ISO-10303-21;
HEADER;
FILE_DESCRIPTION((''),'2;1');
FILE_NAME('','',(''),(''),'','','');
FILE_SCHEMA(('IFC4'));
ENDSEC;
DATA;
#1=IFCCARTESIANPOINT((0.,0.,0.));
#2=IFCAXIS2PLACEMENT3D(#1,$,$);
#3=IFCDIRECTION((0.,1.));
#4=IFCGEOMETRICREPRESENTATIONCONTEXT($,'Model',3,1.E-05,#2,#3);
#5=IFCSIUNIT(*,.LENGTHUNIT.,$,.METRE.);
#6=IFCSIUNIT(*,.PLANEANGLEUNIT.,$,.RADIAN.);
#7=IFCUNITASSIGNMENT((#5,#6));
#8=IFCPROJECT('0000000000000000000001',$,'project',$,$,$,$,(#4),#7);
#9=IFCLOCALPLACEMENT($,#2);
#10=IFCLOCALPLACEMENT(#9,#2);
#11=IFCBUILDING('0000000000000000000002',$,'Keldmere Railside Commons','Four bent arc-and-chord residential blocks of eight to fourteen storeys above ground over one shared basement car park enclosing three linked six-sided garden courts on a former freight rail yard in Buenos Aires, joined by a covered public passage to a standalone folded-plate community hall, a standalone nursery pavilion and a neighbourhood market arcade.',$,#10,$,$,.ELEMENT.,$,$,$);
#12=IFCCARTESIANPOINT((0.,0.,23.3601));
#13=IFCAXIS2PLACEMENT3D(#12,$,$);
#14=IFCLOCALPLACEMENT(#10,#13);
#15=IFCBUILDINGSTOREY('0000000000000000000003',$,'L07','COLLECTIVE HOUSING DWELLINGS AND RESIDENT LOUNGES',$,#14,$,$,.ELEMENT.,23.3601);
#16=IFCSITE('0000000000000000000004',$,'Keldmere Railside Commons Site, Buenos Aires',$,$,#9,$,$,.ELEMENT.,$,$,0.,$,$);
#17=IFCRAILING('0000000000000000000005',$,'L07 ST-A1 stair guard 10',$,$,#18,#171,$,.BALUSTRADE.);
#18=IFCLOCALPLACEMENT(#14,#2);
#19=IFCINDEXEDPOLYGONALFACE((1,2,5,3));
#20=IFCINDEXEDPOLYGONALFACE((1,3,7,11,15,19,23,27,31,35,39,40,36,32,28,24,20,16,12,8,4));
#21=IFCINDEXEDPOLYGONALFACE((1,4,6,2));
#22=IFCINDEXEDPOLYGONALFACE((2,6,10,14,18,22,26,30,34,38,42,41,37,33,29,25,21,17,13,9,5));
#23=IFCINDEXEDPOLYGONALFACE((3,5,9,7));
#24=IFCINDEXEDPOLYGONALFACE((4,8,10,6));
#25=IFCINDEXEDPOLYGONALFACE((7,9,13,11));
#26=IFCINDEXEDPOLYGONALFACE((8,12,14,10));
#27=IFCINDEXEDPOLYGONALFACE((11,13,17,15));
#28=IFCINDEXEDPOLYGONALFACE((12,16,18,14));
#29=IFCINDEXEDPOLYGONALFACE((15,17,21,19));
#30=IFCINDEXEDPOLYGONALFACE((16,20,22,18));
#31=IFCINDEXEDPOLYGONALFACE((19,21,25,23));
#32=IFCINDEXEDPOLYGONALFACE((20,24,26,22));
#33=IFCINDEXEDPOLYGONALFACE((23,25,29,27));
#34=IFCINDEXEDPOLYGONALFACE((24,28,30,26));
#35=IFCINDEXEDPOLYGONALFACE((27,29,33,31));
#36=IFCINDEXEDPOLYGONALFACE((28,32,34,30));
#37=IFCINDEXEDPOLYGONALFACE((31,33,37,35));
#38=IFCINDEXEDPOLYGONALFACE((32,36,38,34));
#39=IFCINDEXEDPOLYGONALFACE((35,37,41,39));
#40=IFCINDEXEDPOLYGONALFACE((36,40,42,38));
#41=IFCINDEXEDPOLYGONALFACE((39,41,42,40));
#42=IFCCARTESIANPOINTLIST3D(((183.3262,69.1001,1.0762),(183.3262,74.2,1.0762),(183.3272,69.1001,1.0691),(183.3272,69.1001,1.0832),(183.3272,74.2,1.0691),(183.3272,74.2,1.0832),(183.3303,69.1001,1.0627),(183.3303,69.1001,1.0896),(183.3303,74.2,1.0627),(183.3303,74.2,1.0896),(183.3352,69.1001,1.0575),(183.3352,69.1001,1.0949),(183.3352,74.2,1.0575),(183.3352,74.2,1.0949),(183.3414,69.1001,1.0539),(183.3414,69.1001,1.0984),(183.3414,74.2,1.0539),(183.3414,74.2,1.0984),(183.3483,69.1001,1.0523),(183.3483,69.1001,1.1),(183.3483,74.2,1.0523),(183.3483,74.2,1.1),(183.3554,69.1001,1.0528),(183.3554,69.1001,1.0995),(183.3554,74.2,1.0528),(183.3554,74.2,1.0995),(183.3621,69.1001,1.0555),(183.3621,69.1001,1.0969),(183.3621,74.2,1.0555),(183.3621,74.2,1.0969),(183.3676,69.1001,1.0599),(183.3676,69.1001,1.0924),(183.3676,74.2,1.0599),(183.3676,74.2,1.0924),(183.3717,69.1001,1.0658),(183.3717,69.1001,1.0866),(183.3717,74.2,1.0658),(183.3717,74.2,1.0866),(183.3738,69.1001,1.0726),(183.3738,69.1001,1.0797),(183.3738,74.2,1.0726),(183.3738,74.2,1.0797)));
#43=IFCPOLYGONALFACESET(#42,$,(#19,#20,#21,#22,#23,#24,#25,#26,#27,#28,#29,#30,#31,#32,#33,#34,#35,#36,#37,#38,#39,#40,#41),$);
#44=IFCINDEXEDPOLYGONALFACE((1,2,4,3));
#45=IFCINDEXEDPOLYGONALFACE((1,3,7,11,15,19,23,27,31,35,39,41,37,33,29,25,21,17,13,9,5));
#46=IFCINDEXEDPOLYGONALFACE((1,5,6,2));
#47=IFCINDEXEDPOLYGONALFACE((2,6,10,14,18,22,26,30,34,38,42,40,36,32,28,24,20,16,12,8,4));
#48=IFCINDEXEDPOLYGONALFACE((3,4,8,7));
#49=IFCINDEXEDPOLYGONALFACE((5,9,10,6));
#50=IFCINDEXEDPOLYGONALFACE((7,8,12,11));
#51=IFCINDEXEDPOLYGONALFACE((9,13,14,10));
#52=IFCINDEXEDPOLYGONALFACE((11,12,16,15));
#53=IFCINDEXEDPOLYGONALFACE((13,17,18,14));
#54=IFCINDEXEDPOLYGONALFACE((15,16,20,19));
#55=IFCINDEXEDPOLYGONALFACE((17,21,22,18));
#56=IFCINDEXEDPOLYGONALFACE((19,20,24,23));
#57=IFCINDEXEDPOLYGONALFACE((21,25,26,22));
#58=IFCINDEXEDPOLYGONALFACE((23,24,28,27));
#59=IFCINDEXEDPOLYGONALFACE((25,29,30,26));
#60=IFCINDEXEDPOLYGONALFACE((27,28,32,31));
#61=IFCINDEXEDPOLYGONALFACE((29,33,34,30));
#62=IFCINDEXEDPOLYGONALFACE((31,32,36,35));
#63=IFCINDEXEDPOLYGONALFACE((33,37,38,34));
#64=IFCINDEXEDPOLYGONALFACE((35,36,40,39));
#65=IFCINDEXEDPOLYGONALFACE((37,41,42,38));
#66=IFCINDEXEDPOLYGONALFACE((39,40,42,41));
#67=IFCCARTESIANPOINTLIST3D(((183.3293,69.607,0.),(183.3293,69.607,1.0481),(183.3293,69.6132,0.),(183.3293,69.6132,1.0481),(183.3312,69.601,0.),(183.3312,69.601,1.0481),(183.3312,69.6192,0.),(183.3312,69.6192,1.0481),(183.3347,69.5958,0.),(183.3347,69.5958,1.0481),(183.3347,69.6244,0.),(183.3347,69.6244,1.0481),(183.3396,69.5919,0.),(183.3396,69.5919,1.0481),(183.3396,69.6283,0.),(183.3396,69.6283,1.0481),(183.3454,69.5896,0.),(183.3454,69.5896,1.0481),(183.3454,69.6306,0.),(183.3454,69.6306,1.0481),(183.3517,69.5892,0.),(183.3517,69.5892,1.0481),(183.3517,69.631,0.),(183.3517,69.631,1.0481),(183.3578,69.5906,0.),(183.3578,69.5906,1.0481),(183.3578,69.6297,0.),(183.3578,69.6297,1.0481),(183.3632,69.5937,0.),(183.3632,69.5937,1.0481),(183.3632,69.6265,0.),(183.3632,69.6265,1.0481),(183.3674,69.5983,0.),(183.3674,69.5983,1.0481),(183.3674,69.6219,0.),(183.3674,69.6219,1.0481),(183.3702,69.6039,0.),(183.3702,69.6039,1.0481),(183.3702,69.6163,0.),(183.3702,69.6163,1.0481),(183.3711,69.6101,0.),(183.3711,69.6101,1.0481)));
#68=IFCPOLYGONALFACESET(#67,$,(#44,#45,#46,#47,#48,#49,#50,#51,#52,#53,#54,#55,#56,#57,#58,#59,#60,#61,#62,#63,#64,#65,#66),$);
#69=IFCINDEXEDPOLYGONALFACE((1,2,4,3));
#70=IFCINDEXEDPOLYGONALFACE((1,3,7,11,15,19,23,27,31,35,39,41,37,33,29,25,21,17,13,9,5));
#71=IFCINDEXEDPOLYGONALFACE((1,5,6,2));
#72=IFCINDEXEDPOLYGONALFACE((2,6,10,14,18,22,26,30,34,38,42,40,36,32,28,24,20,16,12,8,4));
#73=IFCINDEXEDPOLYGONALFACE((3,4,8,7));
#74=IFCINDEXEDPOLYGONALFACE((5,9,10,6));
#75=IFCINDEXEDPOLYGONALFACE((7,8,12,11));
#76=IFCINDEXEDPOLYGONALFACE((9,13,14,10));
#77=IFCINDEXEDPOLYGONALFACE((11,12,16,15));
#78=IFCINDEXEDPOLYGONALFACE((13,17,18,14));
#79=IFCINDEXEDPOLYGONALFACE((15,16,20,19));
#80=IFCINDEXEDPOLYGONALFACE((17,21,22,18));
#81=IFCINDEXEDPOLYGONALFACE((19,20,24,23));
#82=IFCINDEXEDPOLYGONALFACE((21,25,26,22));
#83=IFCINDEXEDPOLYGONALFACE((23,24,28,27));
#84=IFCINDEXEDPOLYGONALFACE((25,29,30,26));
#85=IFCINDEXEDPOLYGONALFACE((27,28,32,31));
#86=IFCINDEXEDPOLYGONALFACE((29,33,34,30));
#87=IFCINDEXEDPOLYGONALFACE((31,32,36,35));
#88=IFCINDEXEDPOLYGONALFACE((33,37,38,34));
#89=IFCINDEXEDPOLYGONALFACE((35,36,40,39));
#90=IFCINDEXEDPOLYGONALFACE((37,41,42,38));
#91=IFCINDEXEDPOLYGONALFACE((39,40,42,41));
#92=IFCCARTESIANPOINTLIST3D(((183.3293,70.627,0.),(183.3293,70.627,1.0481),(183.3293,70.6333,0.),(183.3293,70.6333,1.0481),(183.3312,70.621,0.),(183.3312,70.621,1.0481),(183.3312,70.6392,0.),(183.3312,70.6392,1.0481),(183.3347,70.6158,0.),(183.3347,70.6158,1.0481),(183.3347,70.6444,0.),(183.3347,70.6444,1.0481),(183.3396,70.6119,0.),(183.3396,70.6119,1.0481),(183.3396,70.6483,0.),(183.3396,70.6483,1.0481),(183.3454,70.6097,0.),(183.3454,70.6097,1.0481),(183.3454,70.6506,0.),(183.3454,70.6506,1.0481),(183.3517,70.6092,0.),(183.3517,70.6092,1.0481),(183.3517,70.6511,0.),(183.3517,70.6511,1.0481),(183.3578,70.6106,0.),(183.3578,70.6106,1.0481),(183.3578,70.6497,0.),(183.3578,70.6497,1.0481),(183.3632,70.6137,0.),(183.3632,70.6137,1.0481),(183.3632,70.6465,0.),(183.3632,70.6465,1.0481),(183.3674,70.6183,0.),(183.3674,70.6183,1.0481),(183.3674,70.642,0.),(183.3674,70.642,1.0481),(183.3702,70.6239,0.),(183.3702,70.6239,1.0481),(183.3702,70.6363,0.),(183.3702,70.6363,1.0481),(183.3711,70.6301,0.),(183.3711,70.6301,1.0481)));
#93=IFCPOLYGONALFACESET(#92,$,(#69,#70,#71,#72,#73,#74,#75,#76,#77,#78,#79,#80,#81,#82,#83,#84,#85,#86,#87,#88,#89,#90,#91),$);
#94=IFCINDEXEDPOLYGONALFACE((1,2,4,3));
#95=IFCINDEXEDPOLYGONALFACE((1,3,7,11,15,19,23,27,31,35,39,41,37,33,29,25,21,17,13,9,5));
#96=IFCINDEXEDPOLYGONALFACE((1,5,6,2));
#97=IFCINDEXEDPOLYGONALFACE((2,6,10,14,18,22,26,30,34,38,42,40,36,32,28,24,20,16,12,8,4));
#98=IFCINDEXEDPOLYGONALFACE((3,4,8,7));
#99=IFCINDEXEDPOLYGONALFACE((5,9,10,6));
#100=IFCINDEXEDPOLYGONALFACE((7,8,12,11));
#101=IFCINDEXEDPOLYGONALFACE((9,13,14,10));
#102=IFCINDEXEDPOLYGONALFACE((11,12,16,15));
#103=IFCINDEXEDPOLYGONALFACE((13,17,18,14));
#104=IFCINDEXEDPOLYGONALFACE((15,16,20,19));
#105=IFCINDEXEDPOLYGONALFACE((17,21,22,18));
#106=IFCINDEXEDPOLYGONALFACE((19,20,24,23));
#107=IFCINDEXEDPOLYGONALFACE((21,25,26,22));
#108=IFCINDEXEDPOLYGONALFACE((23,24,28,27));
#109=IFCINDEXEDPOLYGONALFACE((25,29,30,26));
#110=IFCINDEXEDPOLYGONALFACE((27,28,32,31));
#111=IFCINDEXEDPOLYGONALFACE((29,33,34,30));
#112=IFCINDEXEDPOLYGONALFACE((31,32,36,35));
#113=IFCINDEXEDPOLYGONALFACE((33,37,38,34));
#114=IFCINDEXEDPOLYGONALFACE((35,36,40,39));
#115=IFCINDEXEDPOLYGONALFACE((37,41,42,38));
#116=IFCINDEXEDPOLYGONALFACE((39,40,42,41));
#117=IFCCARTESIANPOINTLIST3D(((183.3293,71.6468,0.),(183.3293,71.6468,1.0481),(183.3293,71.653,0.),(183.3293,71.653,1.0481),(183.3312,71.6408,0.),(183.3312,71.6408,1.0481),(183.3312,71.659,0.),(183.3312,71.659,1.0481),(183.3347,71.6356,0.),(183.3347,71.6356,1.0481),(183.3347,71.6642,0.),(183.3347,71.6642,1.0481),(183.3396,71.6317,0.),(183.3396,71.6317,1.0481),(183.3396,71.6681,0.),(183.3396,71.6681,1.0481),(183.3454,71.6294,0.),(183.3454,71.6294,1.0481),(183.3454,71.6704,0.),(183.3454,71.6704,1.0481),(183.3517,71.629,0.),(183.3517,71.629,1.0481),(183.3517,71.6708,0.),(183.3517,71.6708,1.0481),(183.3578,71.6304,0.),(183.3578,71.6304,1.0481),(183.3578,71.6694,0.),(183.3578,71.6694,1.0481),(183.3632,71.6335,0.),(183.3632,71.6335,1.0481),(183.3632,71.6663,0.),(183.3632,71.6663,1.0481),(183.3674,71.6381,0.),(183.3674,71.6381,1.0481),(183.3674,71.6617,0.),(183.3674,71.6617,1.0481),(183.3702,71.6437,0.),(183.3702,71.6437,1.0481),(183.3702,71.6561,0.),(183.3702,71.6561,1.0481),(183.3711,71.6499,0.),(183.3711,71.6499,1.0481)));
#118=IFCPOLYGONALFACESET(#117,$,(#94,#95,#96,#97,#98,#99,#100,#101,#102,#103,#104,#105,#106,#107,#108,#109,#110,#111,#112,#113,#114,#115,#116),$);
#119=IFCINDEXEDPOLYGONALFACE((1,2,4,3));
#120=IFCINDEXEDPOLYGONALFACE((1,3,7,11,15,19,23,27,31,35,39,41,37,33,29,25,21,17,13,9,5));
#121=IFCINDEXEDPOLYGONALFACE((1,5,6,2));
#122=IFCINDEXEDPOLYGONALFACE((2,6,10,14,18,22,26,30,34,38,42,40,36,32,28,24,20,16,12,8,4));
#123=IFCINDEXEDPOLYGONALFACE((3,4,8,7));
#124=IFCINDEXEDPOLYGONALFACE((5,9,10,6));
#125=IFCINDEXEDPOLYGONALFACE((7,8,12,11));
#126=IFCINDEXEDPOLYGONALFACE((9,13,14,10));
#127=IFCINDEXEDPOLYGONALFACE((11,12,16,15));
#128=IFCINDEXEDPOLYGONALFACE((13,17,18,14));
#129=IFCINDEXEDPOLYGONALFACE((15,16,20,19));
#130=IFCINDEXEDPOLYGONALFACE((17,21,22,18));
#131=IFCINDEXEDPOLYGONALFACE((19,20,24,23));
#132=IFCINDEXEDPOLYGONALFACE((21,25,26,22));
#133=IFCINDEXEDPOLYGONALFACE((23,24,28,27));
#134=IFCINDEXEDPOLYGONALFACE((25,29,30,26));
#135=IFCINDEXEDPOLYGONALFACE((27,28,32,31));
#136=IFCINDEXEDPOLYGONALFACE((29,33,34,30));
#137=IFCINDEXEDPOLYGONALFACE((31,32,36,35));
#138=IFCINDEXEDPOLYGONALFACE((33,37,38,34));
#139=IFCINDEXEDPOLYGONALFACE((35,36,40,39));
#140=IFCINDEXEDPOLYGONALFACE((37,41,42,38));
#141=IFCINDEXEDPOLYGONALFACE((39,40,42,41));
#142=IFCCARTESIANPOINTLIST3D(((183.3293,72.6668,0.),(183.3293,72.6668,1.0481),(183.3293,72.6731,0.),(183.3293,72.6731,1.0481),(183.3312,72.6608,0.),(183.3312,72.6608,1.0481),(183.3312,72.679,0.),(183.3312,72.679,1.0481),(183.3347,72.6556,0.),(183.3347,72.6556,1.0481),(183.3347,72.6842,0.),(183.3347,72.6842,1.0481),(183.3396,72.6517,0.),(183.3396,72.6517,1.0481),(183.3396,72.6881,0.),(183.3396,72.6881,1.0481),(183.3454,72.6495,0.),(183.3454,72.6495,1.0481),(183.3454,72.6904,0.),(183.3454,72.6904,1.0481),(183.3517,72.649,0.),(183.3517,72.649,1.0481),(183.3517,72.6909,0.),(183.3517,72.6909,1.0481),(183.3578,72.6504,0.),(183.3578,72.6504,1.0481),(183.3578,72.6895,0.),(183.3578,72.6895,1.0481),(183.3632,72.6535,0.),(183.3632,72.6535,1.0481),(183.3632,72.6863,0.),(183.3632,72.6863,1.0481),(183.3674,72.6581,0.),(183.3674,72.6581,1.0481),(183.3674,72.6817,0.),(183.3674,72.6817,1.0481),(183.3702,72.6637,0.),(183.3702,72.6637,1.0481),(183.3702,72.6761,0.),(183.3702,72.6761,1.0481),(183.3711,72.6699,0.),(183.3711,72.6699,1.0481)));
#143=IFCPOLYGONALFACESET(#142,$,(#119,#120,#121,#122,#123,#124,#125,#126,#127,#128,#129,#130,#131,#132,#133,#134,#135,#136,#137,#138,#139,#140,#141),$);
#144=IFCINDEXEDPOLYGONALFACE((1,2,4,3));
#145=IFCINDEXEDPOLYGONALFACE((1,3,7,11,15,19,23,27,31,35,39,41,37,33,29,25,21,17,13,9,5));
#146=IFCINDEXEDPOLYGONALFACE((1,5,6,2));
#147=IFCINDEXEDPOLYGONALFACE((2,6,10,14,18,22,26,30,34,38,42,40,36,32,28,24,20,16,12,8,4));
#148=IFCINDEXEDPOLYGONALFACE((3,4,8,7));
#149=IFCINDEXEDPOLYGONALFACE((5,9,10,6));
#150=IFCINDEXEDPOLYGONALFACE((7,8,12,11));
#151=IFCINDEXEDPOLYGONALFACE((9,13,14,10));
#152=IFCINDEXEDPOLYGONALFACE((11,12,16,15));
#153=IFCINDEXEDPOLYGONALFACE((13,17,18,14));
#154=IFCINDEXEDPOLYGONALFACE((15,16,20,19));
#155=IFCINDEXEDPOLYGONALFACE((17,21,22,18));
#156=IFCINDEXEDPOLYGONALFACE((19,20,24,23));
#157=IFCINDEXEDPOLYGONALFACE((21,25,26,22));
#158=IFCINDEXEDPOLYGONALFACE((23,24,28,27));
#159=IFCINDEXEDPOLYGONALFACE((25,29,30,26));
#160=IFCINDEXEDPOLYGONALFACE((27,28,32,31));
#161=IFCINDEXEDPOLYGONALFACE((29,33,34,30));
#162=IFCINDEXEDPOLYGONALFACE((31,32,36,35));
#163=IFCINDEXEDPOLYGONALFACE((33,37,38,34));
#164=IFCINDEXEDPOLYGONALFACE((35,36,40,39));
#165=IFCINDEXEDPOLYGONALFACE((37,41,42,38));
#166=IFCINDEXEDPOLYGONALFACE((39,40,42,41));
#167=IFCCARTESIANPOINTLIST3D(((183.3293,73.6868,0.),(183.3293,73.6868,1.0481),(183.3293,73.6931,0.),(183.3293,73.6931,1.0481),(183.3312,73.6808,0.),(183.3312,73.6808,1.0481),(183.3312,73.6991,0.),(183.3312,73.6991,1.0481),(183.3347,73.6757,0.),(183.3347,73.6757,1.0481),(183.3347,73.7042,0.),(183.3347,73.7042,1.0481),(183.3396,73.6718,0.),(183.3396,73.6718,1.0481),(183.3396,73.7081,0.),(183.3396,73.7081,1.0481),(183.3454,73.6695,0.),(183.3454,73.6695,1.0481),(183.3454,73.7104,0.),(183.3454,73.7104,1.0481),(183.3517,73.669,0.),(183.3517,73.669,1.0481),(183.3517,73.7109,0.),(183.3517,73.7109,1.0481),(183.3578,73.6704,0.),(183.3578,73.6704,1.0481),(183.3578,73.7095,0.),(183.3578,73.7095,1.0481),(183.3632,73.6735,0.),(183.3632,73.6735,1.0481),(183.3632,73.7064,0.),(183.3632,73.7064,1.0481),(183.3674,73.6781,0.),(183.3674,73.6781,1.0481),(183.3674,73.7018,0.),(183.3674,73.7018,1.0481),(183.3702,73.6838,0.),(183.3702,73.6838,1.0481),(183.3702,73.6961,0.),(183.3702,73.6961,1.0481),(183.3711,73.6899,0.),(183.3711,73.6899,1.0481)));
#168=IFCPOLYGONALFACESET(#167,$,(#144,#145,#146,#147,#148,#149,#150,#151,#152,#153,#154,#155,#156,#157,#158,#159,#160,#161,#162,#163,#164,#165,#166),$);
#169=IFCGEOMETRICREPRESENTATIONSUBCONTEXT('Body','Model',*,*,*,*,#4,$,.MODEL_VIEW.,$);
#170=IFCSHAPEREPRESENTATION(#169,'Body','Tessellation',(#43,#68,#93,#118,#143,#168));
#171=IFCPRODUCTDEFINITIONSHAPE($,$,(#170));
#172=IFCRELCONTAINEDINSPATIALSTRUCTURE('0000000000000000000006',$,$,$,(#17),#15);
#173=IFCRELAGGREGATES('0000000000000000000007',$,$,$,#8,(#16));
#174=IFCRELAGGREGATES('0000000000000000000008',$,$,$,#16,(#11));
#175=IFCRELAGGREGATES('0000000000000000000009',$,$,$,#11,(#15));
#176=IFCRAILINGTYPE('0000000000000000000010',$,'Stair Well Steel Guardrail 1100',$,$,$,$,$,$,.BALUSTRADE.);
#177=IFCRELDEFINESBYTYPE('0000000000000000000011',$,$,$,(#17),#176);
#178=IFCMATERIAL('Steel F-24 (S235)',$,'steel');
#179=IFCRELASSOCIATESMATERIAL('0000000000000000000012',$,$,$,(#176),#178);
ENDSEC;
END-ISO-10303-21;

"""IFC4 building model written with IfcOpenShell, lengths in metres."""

from ifc_helpers import new_model, si_unit, direction, frame, origin, origin_2d, place, context, subcontext, project, spatial, circle, extrude, material, type_object, element, save


model = new_model("IFC4")

# Units and contexts
model_context = context("Model", 3, precision=1e-05, world=origin(), true_north=direction((0.0, 1.0)))
body_context = subcontext(model_context, "Body", "Model", "MODEL_VIEW")
ifc_project = project(units=[si_unit("LENGTHUNIT", "METRE"), si_unit("PLANEANGLEUNIT", "RADIAN")], contexts=[model_context])

# Site, building, storey
site_placement = place(None, origin())
site = spatial("IfcSite", under=ifc_project, at=site_placement, Name="Keldmere Railside Commons Site, Buenos Aires", CompositionType="ELEMENT", RefElevation=0.0)
building_placement = place(site_placement, origin())
building = spatial("IfcBuilding", under=site, at=building_placement, Name="Keldmere Railside Commons", Description="Four bent arc-and-chord residential blocks of eight to fourteen storeys above ground over one shared basement car park enclosing three linked six-sided garden courts on a former freight rail yard in Buenos Aires, joined by a covered public passage to a standalone folded-plate community hall, a standalone nursery pavilion and a neighbourhood market arcade.", CompositionType="ELEMENT")
storey_placement = place(building_placement, frame((0.0, 0.0, 23.3601)))
storey = spatial("IfcBuildingStorey", under=building, at=storey_placement, Name="L07", Description="COLLECTIVE HOUSING DWELLINGS AND RESIDENT LOUNGES", CompositionType="ELEMENT", Elevation=23.3601)

# Shared definitions
ifc_material_1 = material(Name="Steel F-24 (S235)", Category="steel")

# Railing
railing_type_1 = type_object("IfcRailingType", Name="Stair Well Steel Guardrail 1100", PredefinedType="BALUSTRADE", material=ifc_material_1)
for number, where, name in (
    (1, (183.3501, 69.1001, 0.0), "L07 ST-A1 stair guard 10"),
):
    element("IfcRailing", number, at=place(storey_placement, frame(where)), inside=storey, type_object=railing_type_1, Name=name, PredefinedType="BALUSTRADE", context=body_context, shape_type="SweptSolid", body=[
        extrude(circle(Radius=0.0239, at=origin_2d()), frame((0.0, 0.0, 1.0762), z_axis=(0.0, 1.0, 0.0), x_axis=(-1.0, 0.0, 0.0)), (0.0, 0.0, 1.0), 5.0999),
        extrude(circle(Radius=0.021, at=origin_2d()), frame((0.0, 0.51, 0.0)), (0.0, 0.0, 1.0), 1.0481),
        extrude(circle(Radius=0.021, at=origin_2d()), frame((0.0, 1.53, 0.0)), (0.0, 0.0, 1.0), 1.0481),
        extrude(circle(Radius=0.021, at=origin_2d()), frame((0.0, 2.5498, 0.0)), (0.0, 0.0, 1.0), 1.0481),
        extrude(circle(Radius=0.021, at=origin_2d()), frame((0.0, 3.5698, 0.0)), (0.0, 0.0, 1.0), 1.0481),
        extrude(circle(Radius=0.021, at=origin_2d()), frame((0.0, 4.5898, 0.0)), (0.0, 0.0, 1.0), 1.0481),
    ])

save(model, "model.ifc")
